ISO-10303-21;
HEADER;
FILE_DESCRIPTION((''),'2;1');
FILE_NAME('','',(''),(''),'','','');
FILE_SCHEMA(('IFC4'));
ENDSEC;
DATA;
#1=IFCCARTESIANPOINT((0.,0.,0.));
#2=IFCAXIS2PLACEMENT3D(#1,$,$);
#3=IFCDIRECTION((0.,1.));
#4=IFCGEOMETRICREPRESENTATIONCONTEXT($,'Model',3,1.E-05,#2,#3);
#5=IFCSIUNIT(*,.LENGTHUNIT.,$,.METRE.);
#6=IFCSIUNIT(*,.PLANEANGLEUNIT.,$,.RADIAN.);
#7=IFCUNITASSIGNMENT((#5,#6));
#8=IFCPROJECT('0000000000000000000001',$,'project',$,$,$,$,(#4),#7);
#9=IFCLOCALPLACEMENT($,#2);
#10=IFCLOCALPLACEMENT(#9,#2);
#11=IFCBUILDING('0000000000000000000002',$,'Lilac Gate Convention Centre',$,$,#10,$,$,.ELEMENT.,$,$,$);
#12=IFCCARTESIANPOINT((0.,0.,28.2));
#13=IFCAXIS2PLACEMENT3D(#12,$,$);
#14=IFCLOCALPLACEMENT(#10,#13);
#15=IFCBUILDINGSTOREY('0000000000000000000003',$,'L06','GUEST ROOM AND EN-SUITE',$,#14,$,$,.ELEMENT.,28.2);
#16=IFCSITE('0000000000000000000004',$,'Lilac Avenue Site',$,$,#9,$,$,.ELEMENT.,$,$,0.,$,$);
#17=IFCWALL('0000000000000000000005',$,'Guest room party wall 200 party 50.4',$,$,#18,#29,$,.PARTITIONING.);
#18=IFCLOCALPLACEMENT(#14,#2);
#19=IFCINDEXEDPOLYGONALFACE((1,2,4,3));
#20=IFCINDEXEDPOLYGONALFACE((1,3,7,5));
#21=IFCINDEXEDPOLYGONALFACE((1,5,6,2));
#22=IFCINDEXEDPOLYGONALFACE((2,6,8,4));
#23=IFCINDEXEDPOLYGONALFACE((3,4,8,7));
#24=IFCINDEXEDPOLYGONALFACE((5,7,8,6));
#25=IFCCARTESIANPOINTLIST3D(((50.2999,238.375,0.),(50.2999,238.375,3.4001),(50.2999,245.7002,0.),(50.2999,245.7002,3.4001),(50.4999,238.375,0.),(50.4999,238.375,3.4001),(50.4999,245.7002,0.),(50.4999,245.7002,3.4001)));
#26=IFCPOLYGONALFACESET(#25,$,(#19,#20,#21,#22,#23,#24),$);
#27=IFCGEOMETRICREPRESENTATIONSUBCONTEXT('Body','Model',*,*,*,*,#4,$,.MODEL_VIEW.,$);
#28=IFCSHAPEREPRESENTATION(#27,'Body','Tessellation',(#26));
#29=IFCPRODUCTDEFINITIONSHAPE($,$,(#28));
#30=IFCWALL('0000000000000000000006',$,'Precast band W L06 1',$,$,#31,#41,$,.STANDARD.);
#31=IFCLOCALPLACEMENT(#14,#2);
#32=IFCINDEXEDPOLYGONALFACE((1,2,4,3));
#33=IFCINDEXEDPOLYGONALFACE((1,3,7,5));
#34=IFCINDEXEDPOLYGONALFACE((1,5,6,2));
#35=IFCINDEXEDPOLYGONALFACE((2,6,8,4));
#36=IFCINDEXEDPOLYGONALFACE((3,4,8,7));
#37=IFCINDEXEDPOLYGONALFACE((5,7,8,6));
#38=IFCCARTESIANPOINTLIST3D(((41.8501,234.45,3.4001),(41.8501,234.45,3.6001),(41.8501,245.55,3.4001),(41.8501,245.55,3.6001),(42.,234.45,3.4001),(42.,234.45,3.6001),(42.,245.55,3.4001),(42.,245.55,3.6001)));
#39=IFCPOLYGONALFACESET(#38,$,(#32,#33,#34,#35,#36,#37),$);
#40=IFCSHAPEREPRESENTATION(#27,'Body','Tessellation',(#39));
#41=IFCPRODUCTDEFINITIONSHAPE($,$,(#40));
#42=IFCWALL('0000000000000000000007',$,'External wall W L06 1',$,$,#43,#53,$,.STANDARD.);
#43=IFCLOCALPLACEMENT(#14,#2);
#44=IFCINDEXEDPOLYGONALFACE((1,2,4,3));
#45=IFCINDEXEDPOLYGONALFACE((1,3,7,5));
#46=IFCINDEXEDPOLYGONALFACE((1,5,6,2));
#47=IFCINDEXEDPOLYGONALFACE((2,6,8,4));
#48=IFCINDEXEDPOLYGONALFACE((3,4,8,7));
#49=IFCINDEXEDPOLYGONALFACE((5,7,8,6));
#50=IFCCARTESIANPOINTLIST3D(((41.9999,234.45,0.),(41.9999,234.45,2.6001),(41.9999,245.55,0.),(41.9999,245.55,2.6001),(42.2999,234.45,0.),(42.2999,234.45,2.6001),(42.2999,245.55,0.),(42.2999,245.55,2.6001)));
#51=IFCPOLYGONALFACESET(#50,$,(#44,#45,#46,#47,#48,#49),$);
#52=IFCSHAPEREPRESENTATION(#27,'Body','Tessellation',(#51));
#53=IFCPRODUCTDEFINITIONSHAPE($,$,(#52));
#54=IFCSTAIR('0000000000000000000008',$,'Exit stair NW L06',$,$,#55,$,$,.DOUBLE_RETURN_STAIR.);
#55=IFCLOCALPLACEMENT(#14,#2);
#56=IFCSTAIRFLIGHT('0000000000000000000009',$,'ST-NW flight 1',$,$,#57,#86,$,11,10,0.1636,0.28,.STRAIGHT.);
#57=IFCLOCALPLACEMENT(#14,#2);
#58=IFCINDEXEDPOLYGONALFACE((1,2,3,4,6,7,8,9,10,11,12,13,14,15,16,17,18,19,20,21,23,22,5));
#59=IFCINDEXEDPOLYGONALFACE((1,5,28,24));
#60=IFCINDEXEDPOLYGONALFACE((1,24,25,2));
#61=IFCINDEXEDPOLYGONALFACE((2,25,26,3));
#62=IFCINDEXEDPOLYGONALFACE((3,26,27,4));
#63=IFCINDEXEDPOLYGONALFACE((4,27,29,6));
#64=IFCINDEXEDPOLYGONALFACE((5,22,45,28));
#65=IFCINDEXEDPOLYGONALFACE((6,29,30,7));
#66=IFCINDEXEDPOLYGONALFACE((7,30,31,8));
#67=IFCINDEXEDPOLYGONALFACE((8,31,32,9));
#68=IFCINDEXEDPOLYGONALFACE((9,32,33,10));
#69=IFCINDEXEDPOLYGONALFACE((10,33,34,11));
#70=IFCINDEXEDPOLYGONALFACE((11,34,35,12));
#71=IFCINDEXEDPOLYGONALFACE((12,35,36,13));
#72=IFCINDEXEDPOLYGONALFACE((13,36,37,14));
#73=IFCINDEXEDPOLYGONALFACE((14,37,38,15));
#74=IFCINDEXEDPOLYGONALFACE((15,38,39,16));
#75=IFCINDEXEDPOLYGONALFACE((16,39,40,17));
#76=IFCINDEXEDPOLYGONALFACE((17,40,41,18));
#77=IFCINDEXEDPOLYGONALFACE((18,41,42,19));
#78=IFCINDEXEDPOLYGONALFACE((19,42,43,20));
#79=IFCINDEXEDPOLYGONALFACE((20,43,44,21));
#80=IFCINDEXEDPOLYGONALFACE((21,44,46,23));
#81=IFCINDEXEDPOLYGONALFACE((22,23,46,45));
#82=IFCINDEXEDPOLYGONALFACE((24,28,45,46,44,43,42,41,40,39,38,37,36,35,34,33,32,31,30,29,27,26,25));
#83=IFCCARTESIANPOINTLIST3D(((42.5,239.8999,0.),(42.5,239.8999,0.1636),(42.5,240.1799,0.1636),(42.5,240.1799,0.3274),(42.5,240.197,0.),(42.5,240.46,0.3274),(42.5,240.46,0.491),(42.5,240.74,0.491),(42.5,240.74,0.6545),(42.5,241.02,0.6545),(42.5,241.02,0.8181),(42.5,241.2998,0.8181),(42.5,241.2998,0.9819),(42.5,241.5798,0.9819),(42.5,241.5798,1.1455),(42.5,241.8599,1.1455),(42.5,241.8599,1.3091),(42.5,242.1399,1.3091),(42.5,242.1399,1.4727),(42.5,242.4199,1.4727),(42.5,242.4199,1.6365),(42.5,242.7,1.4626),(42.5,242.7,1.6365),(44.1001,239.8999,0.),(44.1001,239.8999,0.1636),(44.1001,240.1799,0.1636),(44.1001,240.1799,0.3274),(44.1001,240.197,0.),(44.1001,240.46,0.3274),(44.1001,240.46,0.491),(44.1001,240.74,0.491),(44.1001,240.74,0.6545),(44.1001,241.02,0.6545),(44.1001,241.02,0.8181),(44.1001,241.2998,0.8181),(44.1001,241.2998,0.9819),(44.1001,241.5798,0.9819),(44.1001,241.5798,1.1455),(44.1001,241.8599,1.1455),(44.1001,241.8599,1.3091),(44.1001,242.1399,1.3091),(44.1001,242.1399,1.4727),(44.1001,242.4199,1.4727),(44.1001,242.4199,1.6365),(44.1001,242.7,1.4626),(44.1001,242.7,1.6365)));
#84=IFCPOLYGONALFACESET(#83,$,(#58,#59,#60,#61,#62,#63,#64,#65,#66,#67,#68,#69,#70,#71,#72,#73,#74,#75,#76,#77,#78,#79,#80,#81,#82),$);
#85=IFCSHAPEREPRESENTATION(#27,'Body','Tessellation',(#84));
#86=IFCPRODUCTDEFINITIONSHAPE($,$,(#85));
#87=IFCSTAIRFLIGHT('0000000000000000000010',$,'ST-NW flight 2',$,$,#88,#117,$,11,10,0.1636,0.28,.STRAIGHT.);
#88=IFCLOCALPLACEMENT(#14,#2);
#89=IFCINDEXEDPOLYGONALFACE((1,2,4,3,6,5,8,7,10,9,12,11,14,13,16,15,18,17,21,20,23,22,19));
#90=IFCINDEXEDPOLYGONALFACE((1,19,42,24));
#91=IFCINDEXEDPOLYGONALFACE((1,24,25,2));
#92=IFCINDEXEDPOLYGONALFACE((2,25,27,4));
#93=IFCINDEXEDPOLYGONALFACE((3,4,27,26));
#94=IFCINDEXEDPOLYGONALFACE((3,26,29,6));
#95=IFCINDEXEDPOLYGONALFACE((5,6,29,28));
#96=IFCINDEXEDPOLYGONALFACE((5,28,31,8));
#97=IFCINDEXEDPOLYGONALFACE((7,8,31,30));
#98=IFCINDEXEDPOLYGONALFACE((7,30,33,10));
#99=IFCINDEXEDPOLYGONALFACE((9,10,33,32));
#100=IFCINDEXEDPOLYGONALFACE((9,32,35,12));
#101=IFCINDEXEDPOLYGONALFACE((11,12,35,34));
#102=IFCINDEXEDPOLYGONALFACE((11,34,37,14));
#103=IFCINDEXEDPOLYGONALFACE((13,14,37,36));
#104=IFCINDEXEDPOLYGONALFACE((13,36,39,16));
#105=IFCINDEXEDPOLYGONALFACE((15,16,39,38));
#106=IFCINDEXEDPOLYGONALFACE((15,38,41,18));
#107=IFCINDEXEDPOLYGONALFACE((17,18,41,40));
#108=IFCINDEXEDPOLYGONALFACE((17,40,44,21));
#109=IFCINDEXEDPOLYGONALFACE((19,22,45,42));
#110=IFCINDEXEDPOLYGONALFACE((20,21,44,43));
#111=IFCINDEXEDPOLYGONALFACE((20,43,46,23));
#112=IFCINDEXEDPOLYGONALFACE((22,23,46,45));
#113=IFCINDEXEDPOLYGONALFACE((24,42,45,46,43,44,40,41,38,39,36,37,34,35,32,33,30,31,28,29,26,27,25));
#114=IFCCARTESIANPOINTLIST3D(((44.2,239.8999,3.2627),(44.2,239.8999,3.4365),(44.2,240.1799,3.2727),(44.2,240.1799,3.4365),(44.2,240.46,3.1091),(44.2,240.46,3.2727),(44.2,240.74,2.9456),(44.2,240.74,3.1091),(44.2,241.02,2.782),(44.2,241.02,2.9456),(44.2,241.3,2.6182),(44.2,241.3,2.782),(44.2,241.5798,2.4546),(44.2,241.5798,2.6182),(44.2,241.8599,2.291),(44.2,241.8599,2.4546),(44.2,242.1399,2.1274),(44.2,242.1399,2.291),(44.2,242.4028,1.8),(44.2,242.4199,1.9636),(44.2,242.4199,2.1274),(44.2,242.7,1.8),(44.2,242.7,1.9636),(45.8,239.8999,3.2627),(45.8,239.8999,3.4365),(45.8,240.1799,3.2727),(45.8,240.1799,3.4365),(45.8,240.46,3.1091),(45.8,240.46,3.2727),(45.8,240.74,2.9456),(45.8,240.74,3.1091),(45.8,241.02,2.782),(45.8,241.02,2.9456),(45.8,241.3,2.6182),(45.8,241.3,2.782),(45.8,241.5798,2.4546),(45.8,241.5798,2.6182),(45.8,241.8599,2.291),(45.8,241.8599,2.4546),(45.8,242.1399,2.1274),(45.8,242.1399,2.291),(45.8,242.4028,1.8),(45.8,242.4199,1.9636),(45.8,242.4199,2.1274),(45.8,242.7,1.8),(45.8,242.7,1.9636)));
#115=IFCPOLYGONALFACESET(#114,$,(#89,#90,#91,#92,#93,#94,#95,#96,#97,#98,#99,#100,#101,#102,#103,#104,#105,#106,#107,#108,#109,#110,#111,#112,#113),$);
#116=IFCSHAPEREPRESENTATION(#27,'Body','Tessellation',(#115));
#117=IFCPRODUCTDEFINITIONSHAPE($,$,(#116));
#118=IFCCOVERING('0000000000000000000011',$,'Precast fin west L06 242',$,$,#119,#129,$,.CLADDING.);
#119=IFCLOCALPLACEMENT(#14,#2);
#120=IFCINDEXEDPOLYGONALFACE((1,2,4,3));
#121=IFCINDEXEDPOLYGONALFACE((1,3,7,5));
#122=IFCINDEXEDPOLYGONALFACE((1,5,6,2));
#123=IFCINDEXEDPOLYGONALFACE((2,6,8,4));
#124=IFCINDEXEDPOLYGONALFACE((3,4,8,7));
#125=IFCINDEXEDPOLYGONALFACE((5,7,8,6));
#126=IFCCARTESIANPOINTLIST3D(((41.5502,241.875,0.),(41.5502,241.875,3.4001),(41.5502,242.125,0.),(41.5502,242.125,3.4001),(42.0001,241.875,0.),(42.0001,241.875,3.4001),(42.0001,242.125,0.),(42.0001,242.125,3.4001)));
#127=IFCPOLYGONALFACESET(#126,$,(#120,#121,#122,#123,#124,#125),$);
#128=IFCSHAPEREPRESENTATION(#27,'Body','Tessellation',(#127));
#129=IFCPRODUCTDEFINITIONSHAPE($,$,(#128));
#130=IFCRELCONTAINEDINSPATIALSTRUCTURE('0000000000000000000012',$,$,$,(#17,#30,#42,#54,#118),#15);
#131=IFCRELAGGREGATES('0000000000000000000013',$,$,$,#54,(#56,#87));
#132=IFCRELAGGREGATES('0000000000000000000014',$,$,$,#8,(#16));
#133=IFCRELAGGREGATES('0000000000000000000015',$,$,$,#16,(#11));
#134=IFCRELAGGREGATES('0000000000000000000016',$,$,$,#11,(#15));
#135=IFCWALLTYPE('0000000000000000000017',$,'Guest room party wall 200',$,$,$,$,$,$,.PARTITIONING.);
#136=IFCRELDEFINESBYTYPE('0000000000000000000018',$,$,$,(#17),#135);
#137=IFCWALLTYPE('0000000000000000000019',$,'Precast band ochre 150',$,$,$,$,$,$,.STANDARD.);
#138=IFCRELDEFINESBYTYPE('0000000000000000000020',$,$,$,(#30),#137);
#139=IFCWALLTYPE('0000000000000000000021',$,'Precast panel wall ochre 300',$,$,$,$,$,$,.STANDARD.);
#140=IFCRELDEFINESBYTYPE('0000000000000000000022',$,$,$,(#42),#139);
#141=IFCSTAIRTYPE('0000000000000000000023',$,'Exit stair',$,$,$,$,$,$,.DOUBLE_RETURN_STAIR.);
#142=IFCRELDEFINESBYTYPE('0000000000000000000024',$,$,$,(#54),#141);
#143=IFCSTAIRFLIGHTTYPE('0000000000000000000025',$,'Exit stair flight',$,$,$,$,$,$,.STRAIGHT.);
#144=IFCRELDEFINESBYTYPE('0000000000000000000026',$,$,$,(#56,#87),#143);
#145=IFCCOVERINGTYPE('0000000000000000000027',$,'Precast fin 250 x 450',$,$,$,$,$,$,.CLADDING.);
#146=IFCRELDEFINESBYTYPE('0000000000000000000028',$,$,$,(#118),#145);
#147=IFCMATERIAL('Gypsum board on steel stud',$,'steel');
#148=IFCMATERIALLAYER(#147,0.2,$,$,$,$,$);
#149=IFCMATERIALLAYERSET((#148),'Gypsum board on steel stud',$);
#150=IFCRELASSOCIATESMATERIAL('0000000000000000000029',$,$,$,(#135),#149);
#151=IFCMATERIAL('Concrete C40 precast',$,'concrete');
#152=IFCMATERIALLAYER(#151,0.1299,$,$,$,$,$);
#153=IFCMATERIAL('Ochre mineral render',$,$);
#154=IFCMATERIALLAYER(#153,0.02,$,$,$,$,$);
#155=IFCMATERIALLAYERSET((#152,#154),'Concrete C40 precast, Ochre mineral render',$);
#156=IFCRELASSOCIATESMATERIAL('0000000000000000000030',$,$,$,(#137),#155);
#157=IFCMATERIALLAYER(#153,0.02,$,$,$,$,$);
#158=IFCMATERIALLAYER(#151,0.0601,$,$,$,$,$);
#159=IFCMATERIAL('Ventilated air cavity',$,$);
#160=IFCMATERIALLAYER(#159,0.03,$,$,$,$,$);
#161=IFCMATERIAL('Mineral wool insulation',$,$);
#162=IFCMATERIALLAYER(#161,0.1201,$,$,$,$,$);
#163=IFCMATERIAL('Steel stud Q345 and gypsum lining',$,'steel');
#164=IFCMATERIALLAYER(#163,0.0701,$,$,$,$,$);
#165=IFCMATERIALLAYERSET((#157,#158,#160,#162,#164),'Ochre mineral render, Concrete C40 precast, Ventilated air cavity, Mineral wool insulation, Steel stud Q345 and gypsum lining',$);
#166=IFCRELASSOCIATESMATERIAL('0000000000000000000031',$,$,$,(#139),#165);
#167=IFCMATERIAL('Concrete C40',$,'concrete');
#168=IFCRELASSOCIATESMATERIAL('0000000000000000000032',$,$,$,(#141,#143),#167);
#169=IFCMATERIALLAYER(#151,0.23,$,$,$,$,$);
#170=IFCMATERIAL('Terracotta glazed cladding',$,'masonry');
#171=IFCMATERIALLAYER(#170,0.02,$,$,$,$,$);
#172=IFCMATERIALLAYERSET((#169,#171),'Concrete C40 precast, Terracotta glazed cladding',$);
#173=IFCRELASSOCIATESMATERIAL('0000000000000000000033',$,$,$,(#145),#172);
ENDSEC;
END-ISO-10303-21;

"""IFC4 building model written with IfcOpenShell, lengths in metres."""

from ifc_helpers import new_model, si_unit, direction, frame, frame_2d, origin, place, context, subcontext, project, spatial, polyline, rectangle, outline, extrude, material, layer, layer_set, type_object, element, aggregate, save


model = new_model("IFC4")

# Units and contexts
model_context = context("Model", 3, precision=1e-05, world=origin(), true_north=direction((0.0, 1.0)))
body_context = subcontext(model_context, "Body", "Model", "MODEL_VIEW")
ifc_project = project(units=[si_unit("LENGTHUNIT", "METRE"), si_unit("PLANEANGLEUNIT", "RADIAN")], contexts=[model_context])

# Site, building, storey
site_placement = place(None, origin())
site = spatial("IfcSite", under=ifc_project, at=site_placement, Name="Lilac Avenue Site", CompositionType="ELEMENT", RefElevation=0.0)
building_placement = place(site_placement, origin())
building = spatial("IfcBuilding", under=site, at=building_placement, Name="Lilac Gate Convention Centre", CompositionType="ELEMENT")
storey_placement = place(building_placement, frame((0.0, 0.0, 28.2)))
storey = spatial("IfcBuildingStorey", under=building, at=storey_placement, Name="L06", Description="GUEST ROOM AND EN-SUITE", CompositionType="ELEMENT", Elevation=28.2)

# Shared definitions
ifc_material_1 = material(Name="Concrete C40", Category="concrete")

# Shared definitions
ifc_material_2 = material(Name="Gypsum board on steel stud", Category="steel")

# Walls
ifc_layer_1 = layer(ifc_material_2, 0.2)
ifc_layer_set_1 = layer_set([ifc_layer_1], Name="Gypsum board on steel stud")
wall_type_1 = type_object("IfcWallType", Name="Guest room party wall 200", PredefinedType="PARTITIONING", material=ifc_layer_set_1)
wall_1_placement = place(storey_placement, frame((50.3999, 245.7002, 0.0), z_axis=(0.0, 0.0, 1.0), x_axis=(0.0, -1.0, 0.0)))
element("IfcWall", 1, at=wall_1_placement, inside=storey, type_object=wall_type_1, Name="Guest room party wall 200 party 50.4", PredefinedType="PARTITIONING", context=body_context, shape_type="SweptSolid", body=[
    extrude(rectangle(XDim=7.3252, YDim=0.2, at=frame_2d((3.6626, 0.0))), origin(), (0.0, 0.0, 1.0), 3.4001),
])
ifc_material_3 = material(Name="Concrete C40 precast", Category="concrete")
ifc_layer_2 = layer(ifc_material_3, 0.1299)
ifc_material_4 = material(Name="Ochre mineral render")
ifc_layer_3 = layer(ifc_material_4, 0.02)
ifc_layer_set_2 = layer_set([ifc_layer_2, ifc_layer_3], Name="Concrete C40 precast, Ochre mineral render")
wall_type_2 = type_object("IfcWallType", Name="Precast band ochre 150", PredefinedType="STANDARD", material=ifc_layer_set_2)
wall_2_placement = place(storey_placement, frame((41.925, 245.55, 3.4001), z_axis=(0.0, 0.0, 1.0), x_axis=(0.0, -1.0, 0.0)))
element("IfcWall", 2, at=wall_2_placement, inside=storey, type_object=wall_type_2, Name="Precast band W L06 1", PredefinedType="STANDARD", context=body_context, shape_type="SweptSolid", body=[
    extrude(rectangle(XDim=11.1001, YDim=0.1499, at=frame_2d((5.55, 0.0))), origin(), (0.0, 0.0, 1.0), 0.2),
])
ifc_layer_4 = layer(ifc_material_4, 0.02)
ifc_layer_5 = layer(ifc_material_3, 0.0601)
ifc_material_5 = material(Name="Ventilated air cavity")
ifc_layer_6 = layer(ifc_material_5, 0.03)
ifc_material_6 = material(Name="Mineral wool insulation")
ifc_layer_7 = layer(ifc_material_6, 0.1201)
ifc_material_7 = material(Name="Steel stud Q345 and gypsum lining", Category="steel")
ifc_layer_8 = layer(ifc_material_7, 0.0701)
ifc_layer_set_3 = layer_set([ifc_layer_4, ifc_layer_5, ifc_layer_6, ifc_layer_7, ifc_layer_8], Name="Ochre mineral render, Concrete C40 precast, Ventilated air cavity, Mineral wool insulation, Steel stud Q345 and gypsum lining")
wall_type_3 = type_object("IfcWallType", Name="Precast panel wall ochre 300", PredefinedType="STANDARD", material=ifc_layer_set_3)
wall_3_placement = place(storey_placement, frame((42.1499, 245.55, 0.0), z_axis=(0.0, 0.0, 1.0), x_axis=(0.0, -1.0, 0.0)))
element("IfcWall", 3, at=wall_3_placement, inside=storey, type_object=wall_type_3, Name="External wall W L06 1", PredefinedType="STANDARD", context=body_context, shape_type="SweptSolid", body=[
    extrude(rectangle(XDim=11.1001, YDim=0.3, at=frame_2d((5.55, 0.0))), origin(), (0.0, 0.0, 1.0), 2.6001),
])

# Stair, stair flights
stair_type = type_object("IfcStairType", Name="Exit stair", PredefinedType="DOUBLE_RETURN_STAIR", material=ifc_material_1)
stair_placement = place(storey_placement, origin())
stair = element("IfcStair", 4, at=stair_placement, inside=storey, type_object=stair_type, Name="Exit stair NW L06", PredefinedType="DOUBLE_RETURN_STAIR")
stair_flight_type = type_object("IfcStairFlightType", Name="Exit stair flight", PredefinedType="STRAIGHT", material=ifc_material_1)
stair_flight_1_placement = place(storey_placement, frame((43.3, 239.8999, 0.0), z_axis=(0.0, 0.0, 1.0), x_axis=(0.0, 1.0, 0.0)))
stair_flight_1 = element("IfcStairFlight", 5, at=stair_flight_1_placement, type_object=stair_flight_type, Name="ST-NW flight 1", NumberOfRisers=11, NumberOfTreads=10, PredefinedType="STRAIGHT", RiserHeight=0.1636, TreadLength=0.28, context=body_context, shape_type="SweptSolid", body=[
    extrude(outline(polyline([(0.0, 0.0), (0.0, 0.1636), (0.28, 0.1636), (0.28, 0.3274), (0.5601, 0.3274), (0.5601, 0.491), (0.8401, 0.491), (0.8401, 0.6545), (1.1201, 0.6545), (1.1201, 0.8181), (1.3999, 0.8181), (1.3999, 0.9819), (1.6799, 0.9819), (1.6799, 1.1455), (1.96, 1.1455), (1.96, 1.3091), (2.24, 1.3091), (2.24, 1.4727), (2.52, 1.4727), (2.52, 1.6365), (2.8, 1.6365), (2.8, 1.8), (2.8, 1.4626), (0.2971, 0.0), (0.0, 0.0)])), frame((0.0, 0.8, 0.0), z_axis=(0.0, -1.0, 0.0), x_axis=(1.0, 0.0, 0.0)), (0.0, 0.0, 1.0), 1.6001),
])
stair_flight_2_placement = place(storey_placement, frame((45.0, 242.7, 1.8), z_axis=(0.0, 0.0, 1.0), x_axis=(0.0, -1.0, 0.0)))
stair_flight_2 = element("IfcStairFlight", 6, at=stair_flight_2_placement, type_object=stair_flight_type, Name="ST-NW flight 2", NumberOfRisers=11, NumberOfTreads=10, PredefinedType="STRAIGHT", RiserHeight=0.1636, TreadLength=0.28, context=body_context, shape_type="SweptSolid", body=[
    extrude(outline(polyline([(0.0, 0.0), (0.0, 0.1636), (0.28, 0.1636), (0.28, 0.3274), (0.5601, 0.3274), (0.5601, 0.491), (0.8401, 0.491), (0.8401, 0.6545), (1.1201, 0.6545), (1.1201, 0.8181), (1.3999, 0.8181), (1.3999, 0.9819), (1.6799, 0.9819), (1.6799, 1.1455), (1.96, 1.1455), (1.96, 1.3091), (2.24, 1.3091), (2.24, 1.4727), (2.52, 1.4727), (2.52, 1.6365), (2.8, 1.6365), (2.8, 1.8), (2.8, 1.4626), (0.2971, 0.0), (0.0, 0.0)])), frame((0.0, 0.8, 0.0), z_axis=(0.0, -1.0, 0.0), x_axis=(1.0, 0.0, 0.0)), (0.0, 0.0, 1.0), 1.6001),
])
aggregate(stair, [stair_flight_1, stair_flight_2])

# Covering
ifc_layer_9 = layer(ifc_material_3, 0.23)
ifc_material_8 = material(Name="Terracotta glazed cladding", Category="masonry")
ifc_layer_10 = layer(ifc_material_8, 0.02)
ifc_layer_set_4 = layer_set([ifc_layer_9, ifc_layer_10], Name="Concrete C40 precast, Terracotta glazed cladding")
covering_type = type_object("IfcCoveringType", Name="Precast fin 250 x 450", PredefinedType="CLADDING", material=ifc_layer_set_4)
covering_placement = place(storey_placement, frame((41.55, 242.0, 0.0), z_axis=(0.0, 0.0, 1.0), x_axis=(1.0, 0.0, 0.0)))
element("IfcCovering", 7, at=covering_placement, inside=storey, type_object=covering_type, Name="Precast fin west L06 242", PredefinedType="CLADDING", context=body_context, shape_type="SweptSolid", body=[
    extrude(rectangle(XDim=0.45, YDim=0.25, at=frame_2d((0.2251, 0.0))), origin(), (0.0, 0.0, 1.0), 3.4001),
])

save(model, "model.ifc")
